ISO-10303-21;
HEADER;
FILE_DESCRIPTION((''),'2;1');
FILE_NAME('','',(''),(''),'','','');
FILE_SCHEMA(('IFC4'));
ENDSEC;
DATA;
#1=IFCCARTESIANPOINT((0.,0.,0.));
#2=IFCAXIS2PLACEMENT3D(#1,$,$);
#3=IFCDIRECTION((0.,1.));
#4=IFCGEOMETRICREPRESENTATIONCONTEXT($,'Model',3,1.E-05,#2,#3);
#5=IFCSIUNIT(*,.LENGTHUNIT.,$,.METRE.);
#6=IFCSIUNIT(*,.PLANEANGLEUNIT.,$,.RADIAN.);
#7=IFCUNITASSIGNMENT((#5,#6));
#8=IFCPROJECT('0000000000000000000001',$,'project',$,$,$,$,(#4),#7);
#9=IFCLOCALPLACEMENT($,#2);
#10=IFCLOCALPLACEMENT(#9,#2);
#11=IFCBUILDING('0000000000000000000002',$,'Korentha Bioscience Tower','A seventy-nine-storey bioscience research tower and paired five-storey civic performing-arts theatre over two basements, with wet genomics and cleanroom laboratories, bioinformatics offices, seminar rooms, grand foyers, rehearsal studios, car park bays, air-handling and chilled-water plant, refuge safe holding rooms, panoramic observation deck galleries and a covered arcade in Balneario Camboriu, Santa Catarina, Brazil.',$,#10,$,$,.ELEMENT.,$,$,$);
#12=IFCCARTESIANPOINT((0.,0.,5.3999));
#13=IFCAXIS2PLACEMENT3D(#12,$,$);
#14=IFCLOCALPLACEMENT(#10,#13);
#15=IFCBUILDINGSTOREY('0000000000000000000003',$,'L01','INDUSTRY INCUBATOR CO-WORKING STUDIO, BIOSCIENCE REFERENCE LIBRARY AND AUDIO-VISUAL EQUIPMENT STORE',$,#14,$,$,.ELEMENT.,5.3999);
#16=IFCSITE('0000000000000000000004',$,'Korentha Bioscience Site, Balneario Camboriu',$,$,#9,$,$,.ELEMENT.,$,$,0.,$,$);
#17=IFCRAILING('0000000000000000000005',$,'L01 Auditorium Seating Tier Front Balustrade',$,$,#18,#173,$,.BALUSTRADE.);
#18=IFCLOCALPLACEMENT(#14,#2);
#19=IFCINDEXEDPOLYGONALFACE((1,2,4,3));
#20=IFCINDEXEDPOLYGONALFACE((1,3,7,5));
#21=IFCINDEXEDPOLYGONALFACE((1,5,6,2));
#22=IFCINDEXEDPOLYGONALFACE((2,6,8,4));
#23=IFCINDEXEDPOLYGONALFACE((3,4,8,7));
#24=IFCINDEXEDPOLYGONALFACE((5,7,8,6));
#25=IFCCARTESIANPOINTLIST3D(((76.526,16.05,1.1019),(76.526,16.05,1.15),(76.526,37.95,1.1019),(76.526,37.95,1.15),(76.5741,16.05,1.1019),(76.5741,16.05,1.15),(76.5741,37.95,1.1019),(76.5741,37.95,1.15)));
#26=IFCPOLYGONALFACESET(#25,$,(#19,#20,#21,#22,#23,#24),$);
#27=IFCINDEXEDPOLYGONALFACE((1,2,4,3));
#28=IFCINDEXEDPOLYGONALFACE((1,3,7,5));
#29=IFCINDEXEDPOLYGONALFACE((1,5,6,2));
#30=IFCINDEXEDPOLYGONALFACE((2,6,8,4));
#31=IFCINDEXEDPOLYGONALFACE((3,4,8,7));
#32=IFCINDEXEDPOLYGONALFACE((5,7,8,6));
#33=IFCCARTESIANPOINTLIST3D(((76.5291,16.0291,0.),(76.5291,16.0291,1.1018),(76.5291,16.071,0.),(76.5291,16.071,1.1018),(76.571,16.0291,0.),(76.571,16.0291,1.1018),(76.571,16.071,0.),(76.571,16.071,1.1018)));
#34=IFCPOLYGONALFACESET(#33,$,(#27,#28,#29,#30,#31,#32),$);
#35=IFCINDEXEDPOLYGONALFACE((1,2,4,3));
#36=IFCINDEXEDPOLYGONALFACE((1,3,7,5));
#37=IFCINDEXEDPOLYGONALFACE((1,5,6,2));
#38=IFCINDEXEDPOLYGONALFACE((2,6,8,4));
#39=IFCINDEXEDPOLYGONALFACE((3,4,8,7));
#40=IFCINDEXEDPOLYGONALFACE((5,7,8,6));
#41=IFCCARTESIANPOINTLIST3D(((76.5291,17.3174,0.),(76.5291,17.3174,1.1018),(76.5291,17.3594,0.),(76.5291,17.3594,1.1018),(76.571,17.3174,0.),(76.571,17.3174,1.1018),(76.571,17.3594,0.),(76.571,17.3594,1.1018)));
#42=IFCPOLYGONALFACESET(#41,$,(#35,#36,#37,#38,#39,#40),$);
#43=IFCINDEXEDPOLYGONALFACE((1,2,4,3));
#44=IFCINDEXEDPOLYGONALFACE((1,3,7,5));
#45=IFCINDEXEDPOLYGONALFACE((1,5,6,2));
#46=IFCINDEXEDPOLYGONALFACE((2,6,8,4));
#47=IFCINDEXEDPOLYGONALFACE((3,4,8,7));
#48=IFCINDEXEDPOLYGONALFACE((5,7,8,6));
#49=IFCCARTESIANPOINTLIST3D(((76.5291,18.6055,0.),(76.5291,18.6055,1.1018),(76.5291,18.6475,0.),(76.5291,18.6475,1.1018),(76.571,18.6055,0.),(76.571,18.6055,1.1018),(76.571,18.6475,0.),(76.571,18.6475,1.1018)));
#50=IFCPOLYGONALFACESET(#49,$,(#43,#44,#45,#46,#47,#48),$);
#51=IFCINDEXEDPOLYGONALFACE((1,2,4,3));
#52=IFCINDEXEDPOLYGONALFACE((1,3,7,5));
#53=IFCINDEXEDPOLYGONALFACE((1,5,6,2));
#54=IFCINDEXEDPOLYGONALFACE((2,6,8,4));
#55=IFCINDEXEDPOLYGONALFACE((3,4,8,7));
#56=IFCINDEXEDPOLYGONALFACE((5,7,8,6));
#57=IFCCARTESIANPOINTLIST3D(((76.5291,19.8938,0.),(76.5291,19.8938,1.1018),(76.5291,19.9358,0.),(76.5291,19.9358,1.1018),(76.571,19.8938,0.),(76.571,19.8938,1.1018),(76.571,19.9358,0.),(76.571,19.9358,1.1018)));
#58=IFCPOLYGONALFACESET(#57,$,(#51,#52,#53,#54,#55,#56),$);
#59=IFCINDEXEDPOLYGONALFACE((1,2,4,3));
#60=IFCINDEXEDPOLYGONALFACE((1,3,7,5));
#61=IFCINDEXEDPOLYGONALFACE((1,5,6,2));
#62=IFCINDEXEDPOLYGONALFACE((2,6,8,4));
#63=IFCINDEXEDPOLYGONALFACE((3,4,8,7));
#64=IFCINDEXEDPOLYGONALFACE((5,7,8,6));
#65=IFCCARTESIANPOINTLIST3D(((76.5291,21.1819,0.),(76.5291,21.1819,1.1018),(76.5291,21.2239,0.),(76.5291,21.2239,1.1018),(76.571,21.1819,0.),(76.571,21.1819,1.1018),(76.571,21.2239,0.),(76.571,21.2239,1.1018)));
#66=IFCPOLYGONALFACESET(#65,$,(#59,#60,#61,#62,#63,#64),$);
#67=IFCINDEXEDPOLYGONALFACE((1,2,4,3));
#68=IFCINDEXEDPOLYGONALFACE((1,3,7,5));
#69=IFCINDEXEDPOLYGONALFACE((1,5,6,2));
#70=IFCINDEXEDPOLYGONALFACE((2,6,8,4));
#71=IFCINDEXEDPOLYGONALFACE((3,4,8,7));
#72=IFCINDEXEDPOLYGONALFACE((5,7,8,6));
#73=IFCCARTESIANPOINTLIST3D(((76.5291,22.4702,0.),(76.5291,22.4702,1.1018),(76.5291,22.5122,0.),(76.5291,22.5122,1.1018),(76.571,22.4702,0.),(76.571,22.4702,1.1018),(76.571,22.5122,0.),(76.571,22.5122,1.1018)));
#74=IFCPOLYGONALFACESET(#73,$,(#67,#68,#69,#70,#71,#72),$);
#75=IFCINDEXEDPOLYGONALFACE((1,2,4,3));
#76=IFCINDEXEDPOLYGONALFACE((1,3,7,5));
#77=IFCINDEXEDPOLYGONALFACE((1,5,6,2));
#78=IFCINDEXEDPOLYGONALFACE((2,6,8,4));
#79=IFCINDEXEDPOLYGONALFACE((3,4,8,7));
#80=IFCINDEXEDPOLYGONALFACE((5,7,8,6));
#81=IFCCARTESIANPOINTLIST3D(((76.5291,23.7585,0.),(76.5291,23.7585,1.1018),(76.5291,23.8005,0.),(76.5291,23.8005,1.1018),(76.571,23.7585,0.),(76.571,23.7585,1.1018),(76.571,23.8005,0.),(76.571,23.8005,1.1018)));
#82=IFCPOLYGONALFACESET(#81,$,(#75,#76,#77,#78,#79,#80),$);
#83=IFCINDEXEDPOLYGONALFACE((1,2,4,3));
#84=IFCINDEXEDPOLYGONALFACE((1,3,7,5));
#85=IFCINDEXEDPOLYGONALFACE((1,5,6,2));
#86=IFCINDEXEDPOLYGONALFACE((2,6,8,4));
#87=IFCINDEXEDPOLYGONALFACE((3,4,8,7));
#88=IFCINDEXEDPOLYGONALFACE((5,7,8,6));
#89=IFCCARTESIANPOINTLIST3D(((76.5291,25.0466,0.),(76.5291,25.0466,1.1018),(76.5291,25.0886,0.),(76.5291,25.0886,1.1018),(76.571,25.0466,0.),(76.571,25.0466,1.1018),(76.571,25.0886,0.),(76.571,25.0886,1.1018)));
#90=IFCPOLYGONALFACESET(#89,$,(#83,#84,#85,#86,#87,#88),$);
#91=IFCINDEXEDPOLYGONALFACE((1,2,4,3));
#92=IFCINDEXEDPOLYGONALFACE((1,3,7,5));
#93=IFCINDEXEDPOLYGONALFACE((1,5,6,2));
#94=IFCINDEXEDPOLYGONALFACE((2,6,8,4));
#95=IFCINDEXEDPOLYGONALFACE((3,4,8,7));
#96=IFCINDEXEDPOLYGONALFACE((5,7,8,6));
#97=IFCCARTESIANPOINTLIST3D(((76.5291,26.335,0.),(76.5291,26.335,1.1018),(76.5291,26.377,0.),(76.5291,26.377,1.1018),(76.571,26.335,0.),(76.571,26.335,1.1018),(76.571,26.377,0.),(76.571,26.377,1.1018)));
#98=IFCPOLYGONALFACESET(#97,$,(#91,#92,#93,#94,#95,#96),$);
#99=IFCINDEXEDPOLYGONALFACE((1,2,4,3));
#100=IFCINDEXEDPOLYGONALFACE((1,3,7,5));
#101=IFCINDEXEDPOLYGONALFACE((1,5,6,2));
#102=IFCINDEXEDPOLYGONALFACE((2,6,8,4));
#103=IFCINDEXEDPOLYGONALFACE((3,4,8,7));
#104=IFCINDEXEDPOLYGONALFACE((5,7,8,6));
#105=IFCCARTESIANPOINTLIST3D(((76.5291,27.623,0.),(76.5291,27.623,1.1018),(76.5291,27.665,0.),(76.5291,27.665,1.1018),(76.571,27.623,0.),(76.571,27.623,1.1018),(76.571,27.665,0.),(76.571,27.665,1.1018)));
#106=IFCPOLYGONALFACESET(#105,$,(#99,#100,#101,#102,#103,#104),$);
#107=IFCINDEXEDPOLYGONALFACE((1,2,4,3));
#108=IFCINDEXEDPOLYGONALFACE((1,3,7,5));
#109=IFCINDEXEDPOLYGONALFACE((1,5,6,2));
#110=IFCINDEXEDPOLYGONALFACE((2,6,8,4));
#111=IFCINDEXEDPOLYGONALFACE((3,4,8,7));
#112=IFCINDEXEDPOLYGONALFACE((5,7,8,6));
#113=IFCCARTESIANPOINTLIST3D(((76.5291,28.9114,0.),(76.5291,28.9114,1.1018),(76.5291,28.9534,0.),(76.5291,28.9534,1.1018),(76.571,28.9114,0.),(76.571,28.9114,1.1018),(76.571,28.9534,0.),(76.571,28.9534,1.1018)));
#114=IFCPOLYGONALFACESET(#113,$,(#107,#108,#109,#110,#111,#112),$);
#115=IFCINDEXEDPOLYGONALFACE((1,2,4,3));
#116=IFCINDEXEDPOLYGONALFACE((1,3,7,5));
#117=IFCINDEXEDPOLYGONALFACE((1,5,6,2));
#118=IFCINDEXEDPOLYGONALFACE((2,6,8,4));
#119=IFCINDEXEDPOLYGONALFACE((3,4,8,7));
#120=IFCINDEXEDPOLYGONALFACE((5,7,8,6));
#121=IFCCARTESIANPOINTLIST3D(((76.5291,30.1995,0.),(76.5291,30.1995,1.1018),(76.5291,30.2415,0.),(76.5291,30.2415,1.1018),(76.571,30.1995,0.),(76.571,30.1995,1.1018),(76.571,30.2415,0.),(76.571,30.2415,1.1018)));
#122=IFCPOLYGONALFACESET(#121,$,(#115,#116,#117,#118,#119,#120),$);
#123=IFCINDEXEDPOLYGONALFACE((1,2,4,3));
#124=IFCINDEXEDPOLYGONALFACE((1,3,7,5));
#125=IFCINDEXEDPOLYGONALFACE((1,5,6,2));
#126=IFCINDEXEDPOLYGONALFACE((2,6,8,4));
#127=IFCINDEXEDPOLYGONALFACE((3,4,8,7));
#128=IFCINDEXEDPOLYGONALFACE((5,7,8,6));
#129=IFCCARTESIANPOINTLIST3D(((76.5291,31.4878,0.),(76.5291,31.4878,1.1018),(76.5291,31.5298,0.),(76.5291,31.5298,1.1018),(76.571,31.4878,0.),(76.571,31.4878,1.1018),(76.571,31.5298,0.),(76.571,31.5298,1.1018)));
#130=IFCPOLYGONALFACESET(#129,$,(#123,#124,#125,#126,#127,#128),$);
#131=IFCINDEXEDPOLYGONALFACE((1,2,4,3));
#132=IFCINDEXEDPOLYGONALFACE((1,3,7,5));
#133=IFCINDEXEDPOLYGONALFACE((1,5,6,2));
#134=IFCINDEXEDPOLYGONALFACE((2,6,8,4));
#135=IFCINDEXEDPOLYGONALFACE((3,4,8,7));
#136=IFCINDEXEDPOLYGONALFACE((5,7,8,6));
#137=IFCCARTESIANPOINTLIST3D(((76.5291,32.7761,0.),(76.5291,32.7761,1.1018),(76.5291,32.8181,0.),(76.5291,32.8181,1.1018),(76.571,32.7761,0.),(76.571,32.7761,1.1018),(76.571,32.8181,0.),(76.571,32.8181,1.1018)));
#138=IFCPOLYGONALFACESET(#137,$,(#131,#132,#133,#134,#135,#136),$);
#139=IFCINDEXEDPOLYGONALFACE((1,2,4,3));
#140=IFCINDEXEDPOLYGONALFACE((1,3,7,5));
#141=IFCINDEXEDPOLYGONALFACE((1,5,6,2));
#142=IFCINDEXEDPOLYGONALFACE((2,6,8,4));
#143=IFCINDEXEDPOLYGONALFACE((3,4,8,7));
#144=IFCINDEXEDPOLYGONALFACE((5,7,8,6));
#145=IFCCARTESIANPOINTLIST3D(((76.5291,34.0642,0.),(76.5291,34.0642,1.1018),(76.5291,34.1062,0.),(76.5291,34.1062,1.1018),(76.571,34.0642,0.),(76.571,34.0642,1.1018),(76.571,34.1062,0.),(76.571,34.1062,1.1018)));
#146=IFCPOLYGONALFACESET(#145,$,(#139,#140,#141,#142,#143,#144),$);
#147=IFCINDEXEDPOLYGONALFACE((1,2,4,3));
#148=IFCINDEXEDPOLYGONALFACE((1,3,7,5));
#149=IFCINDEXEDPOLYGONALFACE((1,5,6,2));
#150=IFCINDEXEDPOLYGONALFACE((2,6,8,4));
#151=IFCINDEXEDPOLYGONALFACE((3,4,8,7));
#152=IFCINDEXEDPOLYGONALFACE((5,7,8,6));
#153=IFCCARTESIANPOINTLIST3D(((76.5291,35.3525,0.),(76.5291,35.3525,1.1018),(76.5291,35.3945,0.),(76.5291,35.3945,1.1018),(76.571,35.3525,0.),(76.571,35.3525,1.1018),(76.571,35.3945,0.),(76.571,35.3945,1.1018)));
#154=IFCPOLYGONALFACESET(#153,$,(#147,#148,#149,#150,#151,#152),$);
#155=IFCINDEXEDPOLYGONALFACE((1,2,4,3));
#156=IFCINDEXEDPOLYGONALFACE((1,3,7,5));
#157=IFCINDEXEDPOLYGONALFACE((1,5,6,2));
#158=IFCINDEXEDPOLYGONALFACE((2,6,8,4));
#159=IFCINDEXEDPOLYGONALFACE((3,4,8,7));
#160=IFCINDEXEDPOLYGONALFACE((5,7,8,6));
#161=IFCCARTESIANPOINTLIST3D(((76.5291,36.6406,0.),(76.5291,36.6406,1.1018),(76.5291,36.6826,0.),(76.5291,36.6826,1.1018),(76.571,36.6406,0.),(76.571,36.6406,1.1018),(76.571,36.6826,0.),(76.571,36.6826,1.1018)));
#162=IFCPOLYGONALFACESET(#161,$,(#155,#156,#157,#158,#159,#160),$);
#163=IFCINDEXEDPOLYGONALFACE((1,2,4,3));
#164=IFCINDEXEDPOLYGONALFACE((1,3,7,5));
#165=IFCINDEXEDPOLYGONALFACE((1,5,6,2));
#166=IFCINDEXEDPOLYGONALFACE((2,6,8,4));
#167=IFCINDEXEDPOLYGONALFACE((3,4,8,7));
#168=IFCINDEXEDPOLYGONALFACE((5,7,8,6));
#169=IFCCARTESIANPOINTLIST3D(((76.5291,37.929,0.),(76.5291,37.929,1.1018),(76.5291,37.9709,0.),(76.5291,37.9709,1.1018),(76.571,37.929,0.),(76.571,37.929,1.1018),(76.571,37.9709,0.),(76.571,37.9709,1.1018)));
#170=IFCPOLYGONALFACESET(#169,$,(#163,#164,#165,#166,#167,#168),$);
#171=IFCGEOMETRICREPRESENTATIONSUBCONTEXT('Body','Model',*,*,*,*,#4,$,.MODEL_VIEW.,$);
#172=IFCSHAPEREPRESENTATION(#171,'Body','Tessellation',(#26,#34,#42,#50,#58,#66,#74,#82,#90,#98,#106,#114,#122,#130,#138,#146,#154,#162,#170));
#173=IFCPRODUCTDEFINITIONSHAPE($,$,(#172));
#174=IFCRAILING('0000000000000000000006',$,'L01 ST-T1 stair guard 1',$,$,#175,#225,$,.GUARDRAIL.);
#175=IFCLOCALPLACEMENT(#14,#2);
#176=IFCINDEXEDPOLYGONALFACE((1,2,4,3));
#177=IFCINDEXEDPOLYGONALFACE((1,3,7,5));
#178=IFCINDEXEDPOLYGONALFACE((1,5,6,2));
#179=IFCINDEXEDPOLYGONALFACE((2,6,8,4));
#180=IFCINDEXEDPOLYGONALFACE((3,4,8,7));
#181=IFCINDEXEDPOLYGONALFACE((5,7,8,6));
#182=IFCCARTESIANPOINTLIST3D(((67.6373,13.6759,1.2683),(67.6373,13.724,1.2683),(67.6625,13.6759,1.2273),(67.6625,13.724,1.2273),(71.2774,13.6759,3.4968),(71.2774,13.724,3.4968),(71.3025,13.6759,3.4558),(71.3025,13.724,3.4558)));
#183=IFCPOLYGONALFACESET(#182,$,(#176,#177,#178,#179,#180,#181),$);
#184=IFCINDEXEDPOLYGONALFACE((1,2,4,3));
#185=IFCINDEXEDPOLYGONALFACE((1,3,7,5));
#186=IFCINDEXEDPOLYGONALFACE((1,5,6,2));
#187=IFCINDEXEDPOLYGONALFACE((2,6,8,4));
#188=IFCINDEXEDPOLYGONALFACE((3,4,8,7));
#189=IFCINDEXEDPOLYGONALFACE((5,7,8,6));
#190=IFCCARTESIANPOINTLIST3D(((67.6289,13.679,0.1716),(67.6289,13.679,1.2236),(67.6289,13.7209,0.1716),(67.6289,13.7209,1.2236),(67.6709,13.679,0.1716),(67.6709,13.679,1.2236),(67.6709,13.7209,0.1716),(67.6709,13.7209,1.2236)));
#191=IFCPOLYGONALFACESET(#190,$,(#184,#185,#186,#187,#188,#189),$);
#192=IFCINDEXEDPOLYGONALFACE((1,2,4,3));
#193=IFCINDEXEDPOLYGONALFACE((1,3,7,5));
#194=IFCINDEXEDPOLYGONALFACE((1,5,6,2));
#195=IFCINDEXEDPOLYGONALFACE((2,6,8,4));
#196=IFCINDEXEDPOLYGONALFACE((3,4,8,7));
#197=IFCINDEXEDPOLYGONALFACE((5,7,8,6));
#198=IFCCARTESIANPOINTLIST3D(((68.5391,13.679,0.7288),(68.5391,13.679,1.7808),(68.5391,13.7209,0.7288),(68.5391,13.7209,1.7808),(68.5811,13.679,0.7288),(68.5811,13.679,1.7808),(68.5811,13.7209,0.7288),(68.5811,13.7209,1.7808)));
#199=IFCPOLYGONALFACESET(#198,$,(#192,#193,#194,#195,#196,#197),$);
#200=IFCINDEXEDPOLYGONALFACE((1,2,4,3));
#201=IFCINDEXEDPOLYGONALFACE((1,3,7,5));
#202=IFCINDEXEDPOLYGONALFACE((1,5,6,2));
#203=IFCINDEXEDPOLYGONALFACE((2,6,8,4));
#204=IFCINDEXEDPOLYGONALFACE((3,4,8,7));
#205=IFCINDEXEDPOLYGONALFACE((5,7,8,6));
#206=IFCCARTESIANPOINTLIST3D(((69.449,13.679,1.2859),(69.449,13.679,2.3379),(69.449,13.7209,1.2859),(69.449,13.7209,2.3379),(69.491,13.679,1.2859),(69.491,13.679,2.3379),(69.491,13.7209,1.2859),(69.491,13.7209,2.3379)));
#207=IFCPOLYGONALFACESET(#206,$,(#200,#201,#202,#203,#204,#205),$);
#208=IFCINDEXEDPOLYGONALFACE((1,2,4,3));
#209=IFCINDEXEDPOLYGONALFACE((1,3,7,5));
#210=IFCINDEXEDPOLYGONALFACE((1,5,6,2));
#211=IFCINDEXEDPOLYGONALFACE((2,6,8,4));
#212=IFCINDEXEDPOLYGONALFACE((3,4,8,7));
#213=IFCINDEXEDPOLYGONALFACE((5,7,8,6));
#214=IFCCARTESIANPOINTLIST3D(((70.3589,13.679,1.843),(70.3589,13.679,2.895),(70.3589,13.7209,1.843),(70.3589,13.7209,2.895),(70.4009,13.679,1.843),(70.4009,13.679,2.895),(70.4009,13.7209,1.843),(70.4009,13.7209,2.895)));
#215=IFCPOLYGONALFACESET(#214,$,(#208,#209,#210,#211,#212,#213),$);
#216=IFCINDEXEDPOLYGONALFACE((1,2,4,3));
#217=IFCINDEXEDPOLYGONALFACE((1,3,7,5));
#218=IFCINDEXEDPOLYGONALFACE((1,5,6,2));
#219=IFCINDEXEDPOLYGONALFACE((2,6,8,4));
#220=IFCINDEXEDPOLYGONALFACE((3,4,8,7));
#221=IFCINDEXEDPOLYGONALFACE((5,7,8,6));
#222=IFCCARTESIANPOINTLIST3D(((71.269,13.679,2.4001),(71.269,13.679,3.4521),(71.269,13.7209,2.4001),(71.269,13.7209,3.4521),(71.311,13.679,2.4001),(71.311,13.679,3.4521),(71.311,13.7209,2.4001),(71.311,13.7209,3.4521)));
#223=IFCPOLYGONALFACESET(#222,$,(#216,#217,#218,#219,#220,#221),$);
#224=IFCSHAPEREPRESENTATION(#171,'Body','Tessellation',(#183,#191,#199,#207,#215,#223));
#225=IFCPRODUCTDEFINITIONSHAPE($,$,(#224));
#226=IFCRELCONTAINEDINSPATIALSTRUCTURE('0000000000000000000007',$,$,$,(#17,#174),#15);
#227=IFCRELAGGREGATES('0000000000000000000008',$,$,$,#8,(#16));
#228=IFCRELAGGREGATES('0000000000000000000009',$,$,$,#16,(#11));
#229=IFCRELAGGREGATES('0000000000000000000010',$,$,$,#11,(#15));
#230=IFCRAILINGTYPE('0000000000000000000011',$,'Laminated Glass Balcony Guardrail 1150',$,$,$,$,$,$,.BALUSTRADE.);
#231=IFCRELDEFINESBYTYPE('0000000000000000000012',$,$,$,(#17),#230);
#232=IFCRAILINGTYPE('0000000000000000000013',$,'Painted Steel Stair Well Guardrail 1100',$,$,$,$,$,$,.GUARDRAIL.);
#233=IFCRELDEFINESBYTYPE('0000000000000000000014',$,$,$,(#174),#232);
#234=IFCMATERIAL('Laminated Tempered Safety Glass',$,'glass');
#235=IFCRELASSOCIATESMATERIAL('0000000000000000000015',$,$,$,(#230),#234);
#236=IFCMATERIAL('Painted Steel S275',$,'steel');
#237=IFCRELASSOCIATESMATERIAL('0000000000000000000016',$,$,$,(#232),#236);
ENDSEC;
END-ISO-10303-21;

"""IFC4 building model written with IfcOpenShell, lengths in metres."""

from ifc_helpers import new_model, si_unit, direction, frame, origin, origin_2d, place, context, subcontext, project, spatial, rectangle, extrude, material, type_object, element, save


model = new_model("IFC4")

# Units and contexts
model_context = context("Model", 3, precision=1e-05, world=origin(), true_north=direction((0.0, 1.0)))
body_context = subcontext(model_context, "Body", "Model", "MODEL_VIEW")
ifc_project = project(units=[si_unit("LENGTHUNIT", "METRE"), si_unit("PLANEANGLEUNIT", "RADIAN")], contexts=[model_context])

# Site, building, storey
site_placement = place(None, origin())
site = spatial("IfcSite", under=ifc_project, at=site_placement, Name="Korentha Bioscience Site, Balneario Camboriu", CompositionType="ELEMENT", RefElevation=0.0)
building_placement = place(site_placement, origin())
building = spatial("IfcBuilding", under=site, at=building_placement, Name="Korentha Bioscience Tower", Description="A seventy-nine-storey bioscience research tower and paired five-storey civic performing-arts theatre over two basements, with wet genomics and cleanroom laboratories, bioinformatics offices, seminar rooms, grand foyers, rehearsal studios, car park bays, air-handling and chilled-water plant, refuge safe holding rooms, panoramic observation deck galleries and a covered arcade in Balneario Camboriu, Santa Catarina, Brazil.", CompositionType="ELEMENT")
storey_placement = place(building_placement, frame((0.0, 0.0, 5.3999)))
storey = spatial("IfcBuildingStorey", under=building, at=storey_placement, Name="L01", Description="INDUSTRY INCUBATOR CO-WORKING STUDIO, BIOSCIENCE REFERENCE LIBRARY AND AUDIO-VISUAL EQUIPMENT STORE", CompositionType="ELEMENT", Elevation=5.3999)

# Railings
ifc_material_1 = material(Name="Laminated Tempered Safety Glass", Category="glass")
railing_type_1 = type_object("IfcRailingType", Name="Laminated Glass Balcony Guardrail 1150", PredefinedType="BALUSTRADE", material=ifc_material_1)
railing_1_placement = place(storey_placement, frame((76.55, 16.05, 0.0)))
element("IfcRailing", 1, at=railing_1_placement, inside=storey, type_object=railing_type_1, Name="L01 Auditorium Seating Tier Front Balustrade", PredefinedType="BALUSTRADE", context=body_context, shape_type="SweptSolid", body=[
    extrude(rectangle(XDim=0.0481, YDim=0.0481, at=origin_2d()), frame((0.0, 0.0, 1.126), z_axis=(0.0, 1.0, 0.0), x_axis=(-1.0, 0.0, 0.0)), (0.0, 0.0, 1.0), 21.8999),
    extrude(rectangle(XDim=0.042, YDim=0.042, at=origin_2d()), origin(), (0.0, 0.0, 1.0), 1.1018),
    extrude(rectangle(XDim=0.042, YDim=0.042, at=origin_2d()), frame((0.0, 1.2883, 0.0)), (0.0, 0.0, 1.0), 1.1018),
    extrude(rectangle(XDim=0.042, YDim=0.042, at=origin_2d()), frame((0.0, 2.5764, 0.0)), (0.0, 0.0, 1.0), 1.1018),
    extrude(rectangle(XDim=0.042, YDim=0.042, at=origin_2d()), frame((0.0, 3.8647, 0.0)), (0.0, 0.0, 1.0), 1.1018),
    extrude(rectangle(XDim=0.042, YDim=0.042, at=origin_2d()), frame((0.0, 5.1528, 0.0)), (0.0, 0.0, 1.0), 1.1018),
    extrude(rectangle(XDim=0.042, YDim=0.042, at=origin_2d()), frame((0.0, 6.4412, 0.0)), (0.0, 0.0, 1.0), 1.1018),
    extrude(rectangle(XDim=0.042, YDim=0.042, at=origin_2d()), frame((0.0, 7.7295, 0.0)), (0.0, 0.0, 1.0), 1.1018),
    extrude(rectangle(XDim=0.042, YDim=0.042, at=origin_2d()), frame((0.0, 9.0176, 0.0)), (0.0, 0.0, 1.0), 1.1018),
    extrude(rectangle(XDim=0.042, YDim=0.042, at=origin_2d()), frame((0.0, 10.3059, 0.0)), (0.0, 0.0, 1.0), 1.1018),
    extrude(rectangle(XDim=0.042, YDim=0.042, at=origin_2d()), frame((0.0, 11.594, 0.0)), (0.0, 0.0, 1.0), 1.1018),
    extrude(rectangle(XDim=0.042, YDim=0.042, at=origin_2d()), frame((0.0, 12.8823, 0.0)), (0.0, 0.0, 1.0), 1.1018),
    extrude(rectangle(XDim=0.042, YDim=0.042, at=origin_2d()), frame((0.0, 14.1704, 0.0)), (0.0, 0.0, 1.0), 1.1018),
    extrude(rectangle(XDim=0.042, YDim=0.042, at=origin_2d()), frame((0.0, 15.4587, 0.0)), (0.0, 0.0, 1.0), 1.1018),
    extrude(rectangle(XDim=0.042, YDim=0.042, at=origin_2d()), frame((0.0, 16.7471, 0.0)), (0.0, 0.0, 1.0), 1.1018),
    extrude(rectangle(XDim=0.042, YDim=0.042, at=origin_2d()), frame((0.0, 18.0352, 0.0)), (0.0, 0.0, 1.0), 1.1018),
    extrude(rectangle(XDim=0.042, YDim=0.042, at=origin_2d()), frame((0.0, 19.3235, 0.0)), (0.0, 0.0, 1.0), 1.1018),
    extrude(rectangle(XDim=0.042, YDim=0.042, at=origin_2d()), frame((0.0, 20.6116, 0.0)), (0.0, 0.0, 1.0), 1.1018),
    extrude(rectangle(XDim=0.042, YDim=0.042, at=origin_2d()), frame((0.0, 21.8999, 0.0)), (0.0, 0.0, 1.0), 1.1018),
])
ifc_material_2 = material(Name="Painted Steel S275", Category="steel")
railing_type_2 = type_object("IfcRailingType", Name="Painted Steel Stair Well Guardrail 1100", PredefinedType="GUARDRAIL", material=ifc_material_2)
railing_2_placement = place(storey_placement, frame((67.6499, 13.7, 0.1716)))
element("IfcRailing", 2, at=railing_2_placement, inside=storey, type_object=railing_type_2, Name="L01 ST-T1 stair guard 1", PredefinedType="GUARDRAIL", context=body_context, shape_type="SweptSolid", body=[
    extrude(rectangle(XDim=0.0481, YDim=0.0481, at=origin_2d()), frame((0.0, 0.0, 1.0762), z_axis=(0.852866, 0.0, 0.52213), x_axis=(0.0, 1.0, 0.0)), (0.0, 0.0, 1.0), 4.2681),
    extrude(rectangle(XDim=0.042, YDim=0.042, at=origin_2d()), origin(), (0.0, 0.0, 1.0), 1.052),
    extrude(rectangle(XDim=0.042, YDim=0.042, at=origin_2d()), frame((0.9102, 0.0, 0.5571)), (0.0, 0.0, 1.0), 1.052),
    extrude(rectangle(XDim=0.042, YDim=0.042, at=origin_2d()), frame((1.8201, 0.0, 1.1143)), (0.0, 0.0, 1.0), 1.052),
    extrude(rectangle(XDim=0.042, YDim=0.042, at=origin_2d()), frame((2.73, 0.0, 1.6714)), (0.0, 0.0, 1.0), 1.052),
    extrude(rectangle(XDim=0.042, YDim=0.042, at=origin_2d()), frame((3.6401, 0.0, 2.2285)), (0.0, 0.0, 1.0), 1.052),
])

save(model, "model.ifc")
